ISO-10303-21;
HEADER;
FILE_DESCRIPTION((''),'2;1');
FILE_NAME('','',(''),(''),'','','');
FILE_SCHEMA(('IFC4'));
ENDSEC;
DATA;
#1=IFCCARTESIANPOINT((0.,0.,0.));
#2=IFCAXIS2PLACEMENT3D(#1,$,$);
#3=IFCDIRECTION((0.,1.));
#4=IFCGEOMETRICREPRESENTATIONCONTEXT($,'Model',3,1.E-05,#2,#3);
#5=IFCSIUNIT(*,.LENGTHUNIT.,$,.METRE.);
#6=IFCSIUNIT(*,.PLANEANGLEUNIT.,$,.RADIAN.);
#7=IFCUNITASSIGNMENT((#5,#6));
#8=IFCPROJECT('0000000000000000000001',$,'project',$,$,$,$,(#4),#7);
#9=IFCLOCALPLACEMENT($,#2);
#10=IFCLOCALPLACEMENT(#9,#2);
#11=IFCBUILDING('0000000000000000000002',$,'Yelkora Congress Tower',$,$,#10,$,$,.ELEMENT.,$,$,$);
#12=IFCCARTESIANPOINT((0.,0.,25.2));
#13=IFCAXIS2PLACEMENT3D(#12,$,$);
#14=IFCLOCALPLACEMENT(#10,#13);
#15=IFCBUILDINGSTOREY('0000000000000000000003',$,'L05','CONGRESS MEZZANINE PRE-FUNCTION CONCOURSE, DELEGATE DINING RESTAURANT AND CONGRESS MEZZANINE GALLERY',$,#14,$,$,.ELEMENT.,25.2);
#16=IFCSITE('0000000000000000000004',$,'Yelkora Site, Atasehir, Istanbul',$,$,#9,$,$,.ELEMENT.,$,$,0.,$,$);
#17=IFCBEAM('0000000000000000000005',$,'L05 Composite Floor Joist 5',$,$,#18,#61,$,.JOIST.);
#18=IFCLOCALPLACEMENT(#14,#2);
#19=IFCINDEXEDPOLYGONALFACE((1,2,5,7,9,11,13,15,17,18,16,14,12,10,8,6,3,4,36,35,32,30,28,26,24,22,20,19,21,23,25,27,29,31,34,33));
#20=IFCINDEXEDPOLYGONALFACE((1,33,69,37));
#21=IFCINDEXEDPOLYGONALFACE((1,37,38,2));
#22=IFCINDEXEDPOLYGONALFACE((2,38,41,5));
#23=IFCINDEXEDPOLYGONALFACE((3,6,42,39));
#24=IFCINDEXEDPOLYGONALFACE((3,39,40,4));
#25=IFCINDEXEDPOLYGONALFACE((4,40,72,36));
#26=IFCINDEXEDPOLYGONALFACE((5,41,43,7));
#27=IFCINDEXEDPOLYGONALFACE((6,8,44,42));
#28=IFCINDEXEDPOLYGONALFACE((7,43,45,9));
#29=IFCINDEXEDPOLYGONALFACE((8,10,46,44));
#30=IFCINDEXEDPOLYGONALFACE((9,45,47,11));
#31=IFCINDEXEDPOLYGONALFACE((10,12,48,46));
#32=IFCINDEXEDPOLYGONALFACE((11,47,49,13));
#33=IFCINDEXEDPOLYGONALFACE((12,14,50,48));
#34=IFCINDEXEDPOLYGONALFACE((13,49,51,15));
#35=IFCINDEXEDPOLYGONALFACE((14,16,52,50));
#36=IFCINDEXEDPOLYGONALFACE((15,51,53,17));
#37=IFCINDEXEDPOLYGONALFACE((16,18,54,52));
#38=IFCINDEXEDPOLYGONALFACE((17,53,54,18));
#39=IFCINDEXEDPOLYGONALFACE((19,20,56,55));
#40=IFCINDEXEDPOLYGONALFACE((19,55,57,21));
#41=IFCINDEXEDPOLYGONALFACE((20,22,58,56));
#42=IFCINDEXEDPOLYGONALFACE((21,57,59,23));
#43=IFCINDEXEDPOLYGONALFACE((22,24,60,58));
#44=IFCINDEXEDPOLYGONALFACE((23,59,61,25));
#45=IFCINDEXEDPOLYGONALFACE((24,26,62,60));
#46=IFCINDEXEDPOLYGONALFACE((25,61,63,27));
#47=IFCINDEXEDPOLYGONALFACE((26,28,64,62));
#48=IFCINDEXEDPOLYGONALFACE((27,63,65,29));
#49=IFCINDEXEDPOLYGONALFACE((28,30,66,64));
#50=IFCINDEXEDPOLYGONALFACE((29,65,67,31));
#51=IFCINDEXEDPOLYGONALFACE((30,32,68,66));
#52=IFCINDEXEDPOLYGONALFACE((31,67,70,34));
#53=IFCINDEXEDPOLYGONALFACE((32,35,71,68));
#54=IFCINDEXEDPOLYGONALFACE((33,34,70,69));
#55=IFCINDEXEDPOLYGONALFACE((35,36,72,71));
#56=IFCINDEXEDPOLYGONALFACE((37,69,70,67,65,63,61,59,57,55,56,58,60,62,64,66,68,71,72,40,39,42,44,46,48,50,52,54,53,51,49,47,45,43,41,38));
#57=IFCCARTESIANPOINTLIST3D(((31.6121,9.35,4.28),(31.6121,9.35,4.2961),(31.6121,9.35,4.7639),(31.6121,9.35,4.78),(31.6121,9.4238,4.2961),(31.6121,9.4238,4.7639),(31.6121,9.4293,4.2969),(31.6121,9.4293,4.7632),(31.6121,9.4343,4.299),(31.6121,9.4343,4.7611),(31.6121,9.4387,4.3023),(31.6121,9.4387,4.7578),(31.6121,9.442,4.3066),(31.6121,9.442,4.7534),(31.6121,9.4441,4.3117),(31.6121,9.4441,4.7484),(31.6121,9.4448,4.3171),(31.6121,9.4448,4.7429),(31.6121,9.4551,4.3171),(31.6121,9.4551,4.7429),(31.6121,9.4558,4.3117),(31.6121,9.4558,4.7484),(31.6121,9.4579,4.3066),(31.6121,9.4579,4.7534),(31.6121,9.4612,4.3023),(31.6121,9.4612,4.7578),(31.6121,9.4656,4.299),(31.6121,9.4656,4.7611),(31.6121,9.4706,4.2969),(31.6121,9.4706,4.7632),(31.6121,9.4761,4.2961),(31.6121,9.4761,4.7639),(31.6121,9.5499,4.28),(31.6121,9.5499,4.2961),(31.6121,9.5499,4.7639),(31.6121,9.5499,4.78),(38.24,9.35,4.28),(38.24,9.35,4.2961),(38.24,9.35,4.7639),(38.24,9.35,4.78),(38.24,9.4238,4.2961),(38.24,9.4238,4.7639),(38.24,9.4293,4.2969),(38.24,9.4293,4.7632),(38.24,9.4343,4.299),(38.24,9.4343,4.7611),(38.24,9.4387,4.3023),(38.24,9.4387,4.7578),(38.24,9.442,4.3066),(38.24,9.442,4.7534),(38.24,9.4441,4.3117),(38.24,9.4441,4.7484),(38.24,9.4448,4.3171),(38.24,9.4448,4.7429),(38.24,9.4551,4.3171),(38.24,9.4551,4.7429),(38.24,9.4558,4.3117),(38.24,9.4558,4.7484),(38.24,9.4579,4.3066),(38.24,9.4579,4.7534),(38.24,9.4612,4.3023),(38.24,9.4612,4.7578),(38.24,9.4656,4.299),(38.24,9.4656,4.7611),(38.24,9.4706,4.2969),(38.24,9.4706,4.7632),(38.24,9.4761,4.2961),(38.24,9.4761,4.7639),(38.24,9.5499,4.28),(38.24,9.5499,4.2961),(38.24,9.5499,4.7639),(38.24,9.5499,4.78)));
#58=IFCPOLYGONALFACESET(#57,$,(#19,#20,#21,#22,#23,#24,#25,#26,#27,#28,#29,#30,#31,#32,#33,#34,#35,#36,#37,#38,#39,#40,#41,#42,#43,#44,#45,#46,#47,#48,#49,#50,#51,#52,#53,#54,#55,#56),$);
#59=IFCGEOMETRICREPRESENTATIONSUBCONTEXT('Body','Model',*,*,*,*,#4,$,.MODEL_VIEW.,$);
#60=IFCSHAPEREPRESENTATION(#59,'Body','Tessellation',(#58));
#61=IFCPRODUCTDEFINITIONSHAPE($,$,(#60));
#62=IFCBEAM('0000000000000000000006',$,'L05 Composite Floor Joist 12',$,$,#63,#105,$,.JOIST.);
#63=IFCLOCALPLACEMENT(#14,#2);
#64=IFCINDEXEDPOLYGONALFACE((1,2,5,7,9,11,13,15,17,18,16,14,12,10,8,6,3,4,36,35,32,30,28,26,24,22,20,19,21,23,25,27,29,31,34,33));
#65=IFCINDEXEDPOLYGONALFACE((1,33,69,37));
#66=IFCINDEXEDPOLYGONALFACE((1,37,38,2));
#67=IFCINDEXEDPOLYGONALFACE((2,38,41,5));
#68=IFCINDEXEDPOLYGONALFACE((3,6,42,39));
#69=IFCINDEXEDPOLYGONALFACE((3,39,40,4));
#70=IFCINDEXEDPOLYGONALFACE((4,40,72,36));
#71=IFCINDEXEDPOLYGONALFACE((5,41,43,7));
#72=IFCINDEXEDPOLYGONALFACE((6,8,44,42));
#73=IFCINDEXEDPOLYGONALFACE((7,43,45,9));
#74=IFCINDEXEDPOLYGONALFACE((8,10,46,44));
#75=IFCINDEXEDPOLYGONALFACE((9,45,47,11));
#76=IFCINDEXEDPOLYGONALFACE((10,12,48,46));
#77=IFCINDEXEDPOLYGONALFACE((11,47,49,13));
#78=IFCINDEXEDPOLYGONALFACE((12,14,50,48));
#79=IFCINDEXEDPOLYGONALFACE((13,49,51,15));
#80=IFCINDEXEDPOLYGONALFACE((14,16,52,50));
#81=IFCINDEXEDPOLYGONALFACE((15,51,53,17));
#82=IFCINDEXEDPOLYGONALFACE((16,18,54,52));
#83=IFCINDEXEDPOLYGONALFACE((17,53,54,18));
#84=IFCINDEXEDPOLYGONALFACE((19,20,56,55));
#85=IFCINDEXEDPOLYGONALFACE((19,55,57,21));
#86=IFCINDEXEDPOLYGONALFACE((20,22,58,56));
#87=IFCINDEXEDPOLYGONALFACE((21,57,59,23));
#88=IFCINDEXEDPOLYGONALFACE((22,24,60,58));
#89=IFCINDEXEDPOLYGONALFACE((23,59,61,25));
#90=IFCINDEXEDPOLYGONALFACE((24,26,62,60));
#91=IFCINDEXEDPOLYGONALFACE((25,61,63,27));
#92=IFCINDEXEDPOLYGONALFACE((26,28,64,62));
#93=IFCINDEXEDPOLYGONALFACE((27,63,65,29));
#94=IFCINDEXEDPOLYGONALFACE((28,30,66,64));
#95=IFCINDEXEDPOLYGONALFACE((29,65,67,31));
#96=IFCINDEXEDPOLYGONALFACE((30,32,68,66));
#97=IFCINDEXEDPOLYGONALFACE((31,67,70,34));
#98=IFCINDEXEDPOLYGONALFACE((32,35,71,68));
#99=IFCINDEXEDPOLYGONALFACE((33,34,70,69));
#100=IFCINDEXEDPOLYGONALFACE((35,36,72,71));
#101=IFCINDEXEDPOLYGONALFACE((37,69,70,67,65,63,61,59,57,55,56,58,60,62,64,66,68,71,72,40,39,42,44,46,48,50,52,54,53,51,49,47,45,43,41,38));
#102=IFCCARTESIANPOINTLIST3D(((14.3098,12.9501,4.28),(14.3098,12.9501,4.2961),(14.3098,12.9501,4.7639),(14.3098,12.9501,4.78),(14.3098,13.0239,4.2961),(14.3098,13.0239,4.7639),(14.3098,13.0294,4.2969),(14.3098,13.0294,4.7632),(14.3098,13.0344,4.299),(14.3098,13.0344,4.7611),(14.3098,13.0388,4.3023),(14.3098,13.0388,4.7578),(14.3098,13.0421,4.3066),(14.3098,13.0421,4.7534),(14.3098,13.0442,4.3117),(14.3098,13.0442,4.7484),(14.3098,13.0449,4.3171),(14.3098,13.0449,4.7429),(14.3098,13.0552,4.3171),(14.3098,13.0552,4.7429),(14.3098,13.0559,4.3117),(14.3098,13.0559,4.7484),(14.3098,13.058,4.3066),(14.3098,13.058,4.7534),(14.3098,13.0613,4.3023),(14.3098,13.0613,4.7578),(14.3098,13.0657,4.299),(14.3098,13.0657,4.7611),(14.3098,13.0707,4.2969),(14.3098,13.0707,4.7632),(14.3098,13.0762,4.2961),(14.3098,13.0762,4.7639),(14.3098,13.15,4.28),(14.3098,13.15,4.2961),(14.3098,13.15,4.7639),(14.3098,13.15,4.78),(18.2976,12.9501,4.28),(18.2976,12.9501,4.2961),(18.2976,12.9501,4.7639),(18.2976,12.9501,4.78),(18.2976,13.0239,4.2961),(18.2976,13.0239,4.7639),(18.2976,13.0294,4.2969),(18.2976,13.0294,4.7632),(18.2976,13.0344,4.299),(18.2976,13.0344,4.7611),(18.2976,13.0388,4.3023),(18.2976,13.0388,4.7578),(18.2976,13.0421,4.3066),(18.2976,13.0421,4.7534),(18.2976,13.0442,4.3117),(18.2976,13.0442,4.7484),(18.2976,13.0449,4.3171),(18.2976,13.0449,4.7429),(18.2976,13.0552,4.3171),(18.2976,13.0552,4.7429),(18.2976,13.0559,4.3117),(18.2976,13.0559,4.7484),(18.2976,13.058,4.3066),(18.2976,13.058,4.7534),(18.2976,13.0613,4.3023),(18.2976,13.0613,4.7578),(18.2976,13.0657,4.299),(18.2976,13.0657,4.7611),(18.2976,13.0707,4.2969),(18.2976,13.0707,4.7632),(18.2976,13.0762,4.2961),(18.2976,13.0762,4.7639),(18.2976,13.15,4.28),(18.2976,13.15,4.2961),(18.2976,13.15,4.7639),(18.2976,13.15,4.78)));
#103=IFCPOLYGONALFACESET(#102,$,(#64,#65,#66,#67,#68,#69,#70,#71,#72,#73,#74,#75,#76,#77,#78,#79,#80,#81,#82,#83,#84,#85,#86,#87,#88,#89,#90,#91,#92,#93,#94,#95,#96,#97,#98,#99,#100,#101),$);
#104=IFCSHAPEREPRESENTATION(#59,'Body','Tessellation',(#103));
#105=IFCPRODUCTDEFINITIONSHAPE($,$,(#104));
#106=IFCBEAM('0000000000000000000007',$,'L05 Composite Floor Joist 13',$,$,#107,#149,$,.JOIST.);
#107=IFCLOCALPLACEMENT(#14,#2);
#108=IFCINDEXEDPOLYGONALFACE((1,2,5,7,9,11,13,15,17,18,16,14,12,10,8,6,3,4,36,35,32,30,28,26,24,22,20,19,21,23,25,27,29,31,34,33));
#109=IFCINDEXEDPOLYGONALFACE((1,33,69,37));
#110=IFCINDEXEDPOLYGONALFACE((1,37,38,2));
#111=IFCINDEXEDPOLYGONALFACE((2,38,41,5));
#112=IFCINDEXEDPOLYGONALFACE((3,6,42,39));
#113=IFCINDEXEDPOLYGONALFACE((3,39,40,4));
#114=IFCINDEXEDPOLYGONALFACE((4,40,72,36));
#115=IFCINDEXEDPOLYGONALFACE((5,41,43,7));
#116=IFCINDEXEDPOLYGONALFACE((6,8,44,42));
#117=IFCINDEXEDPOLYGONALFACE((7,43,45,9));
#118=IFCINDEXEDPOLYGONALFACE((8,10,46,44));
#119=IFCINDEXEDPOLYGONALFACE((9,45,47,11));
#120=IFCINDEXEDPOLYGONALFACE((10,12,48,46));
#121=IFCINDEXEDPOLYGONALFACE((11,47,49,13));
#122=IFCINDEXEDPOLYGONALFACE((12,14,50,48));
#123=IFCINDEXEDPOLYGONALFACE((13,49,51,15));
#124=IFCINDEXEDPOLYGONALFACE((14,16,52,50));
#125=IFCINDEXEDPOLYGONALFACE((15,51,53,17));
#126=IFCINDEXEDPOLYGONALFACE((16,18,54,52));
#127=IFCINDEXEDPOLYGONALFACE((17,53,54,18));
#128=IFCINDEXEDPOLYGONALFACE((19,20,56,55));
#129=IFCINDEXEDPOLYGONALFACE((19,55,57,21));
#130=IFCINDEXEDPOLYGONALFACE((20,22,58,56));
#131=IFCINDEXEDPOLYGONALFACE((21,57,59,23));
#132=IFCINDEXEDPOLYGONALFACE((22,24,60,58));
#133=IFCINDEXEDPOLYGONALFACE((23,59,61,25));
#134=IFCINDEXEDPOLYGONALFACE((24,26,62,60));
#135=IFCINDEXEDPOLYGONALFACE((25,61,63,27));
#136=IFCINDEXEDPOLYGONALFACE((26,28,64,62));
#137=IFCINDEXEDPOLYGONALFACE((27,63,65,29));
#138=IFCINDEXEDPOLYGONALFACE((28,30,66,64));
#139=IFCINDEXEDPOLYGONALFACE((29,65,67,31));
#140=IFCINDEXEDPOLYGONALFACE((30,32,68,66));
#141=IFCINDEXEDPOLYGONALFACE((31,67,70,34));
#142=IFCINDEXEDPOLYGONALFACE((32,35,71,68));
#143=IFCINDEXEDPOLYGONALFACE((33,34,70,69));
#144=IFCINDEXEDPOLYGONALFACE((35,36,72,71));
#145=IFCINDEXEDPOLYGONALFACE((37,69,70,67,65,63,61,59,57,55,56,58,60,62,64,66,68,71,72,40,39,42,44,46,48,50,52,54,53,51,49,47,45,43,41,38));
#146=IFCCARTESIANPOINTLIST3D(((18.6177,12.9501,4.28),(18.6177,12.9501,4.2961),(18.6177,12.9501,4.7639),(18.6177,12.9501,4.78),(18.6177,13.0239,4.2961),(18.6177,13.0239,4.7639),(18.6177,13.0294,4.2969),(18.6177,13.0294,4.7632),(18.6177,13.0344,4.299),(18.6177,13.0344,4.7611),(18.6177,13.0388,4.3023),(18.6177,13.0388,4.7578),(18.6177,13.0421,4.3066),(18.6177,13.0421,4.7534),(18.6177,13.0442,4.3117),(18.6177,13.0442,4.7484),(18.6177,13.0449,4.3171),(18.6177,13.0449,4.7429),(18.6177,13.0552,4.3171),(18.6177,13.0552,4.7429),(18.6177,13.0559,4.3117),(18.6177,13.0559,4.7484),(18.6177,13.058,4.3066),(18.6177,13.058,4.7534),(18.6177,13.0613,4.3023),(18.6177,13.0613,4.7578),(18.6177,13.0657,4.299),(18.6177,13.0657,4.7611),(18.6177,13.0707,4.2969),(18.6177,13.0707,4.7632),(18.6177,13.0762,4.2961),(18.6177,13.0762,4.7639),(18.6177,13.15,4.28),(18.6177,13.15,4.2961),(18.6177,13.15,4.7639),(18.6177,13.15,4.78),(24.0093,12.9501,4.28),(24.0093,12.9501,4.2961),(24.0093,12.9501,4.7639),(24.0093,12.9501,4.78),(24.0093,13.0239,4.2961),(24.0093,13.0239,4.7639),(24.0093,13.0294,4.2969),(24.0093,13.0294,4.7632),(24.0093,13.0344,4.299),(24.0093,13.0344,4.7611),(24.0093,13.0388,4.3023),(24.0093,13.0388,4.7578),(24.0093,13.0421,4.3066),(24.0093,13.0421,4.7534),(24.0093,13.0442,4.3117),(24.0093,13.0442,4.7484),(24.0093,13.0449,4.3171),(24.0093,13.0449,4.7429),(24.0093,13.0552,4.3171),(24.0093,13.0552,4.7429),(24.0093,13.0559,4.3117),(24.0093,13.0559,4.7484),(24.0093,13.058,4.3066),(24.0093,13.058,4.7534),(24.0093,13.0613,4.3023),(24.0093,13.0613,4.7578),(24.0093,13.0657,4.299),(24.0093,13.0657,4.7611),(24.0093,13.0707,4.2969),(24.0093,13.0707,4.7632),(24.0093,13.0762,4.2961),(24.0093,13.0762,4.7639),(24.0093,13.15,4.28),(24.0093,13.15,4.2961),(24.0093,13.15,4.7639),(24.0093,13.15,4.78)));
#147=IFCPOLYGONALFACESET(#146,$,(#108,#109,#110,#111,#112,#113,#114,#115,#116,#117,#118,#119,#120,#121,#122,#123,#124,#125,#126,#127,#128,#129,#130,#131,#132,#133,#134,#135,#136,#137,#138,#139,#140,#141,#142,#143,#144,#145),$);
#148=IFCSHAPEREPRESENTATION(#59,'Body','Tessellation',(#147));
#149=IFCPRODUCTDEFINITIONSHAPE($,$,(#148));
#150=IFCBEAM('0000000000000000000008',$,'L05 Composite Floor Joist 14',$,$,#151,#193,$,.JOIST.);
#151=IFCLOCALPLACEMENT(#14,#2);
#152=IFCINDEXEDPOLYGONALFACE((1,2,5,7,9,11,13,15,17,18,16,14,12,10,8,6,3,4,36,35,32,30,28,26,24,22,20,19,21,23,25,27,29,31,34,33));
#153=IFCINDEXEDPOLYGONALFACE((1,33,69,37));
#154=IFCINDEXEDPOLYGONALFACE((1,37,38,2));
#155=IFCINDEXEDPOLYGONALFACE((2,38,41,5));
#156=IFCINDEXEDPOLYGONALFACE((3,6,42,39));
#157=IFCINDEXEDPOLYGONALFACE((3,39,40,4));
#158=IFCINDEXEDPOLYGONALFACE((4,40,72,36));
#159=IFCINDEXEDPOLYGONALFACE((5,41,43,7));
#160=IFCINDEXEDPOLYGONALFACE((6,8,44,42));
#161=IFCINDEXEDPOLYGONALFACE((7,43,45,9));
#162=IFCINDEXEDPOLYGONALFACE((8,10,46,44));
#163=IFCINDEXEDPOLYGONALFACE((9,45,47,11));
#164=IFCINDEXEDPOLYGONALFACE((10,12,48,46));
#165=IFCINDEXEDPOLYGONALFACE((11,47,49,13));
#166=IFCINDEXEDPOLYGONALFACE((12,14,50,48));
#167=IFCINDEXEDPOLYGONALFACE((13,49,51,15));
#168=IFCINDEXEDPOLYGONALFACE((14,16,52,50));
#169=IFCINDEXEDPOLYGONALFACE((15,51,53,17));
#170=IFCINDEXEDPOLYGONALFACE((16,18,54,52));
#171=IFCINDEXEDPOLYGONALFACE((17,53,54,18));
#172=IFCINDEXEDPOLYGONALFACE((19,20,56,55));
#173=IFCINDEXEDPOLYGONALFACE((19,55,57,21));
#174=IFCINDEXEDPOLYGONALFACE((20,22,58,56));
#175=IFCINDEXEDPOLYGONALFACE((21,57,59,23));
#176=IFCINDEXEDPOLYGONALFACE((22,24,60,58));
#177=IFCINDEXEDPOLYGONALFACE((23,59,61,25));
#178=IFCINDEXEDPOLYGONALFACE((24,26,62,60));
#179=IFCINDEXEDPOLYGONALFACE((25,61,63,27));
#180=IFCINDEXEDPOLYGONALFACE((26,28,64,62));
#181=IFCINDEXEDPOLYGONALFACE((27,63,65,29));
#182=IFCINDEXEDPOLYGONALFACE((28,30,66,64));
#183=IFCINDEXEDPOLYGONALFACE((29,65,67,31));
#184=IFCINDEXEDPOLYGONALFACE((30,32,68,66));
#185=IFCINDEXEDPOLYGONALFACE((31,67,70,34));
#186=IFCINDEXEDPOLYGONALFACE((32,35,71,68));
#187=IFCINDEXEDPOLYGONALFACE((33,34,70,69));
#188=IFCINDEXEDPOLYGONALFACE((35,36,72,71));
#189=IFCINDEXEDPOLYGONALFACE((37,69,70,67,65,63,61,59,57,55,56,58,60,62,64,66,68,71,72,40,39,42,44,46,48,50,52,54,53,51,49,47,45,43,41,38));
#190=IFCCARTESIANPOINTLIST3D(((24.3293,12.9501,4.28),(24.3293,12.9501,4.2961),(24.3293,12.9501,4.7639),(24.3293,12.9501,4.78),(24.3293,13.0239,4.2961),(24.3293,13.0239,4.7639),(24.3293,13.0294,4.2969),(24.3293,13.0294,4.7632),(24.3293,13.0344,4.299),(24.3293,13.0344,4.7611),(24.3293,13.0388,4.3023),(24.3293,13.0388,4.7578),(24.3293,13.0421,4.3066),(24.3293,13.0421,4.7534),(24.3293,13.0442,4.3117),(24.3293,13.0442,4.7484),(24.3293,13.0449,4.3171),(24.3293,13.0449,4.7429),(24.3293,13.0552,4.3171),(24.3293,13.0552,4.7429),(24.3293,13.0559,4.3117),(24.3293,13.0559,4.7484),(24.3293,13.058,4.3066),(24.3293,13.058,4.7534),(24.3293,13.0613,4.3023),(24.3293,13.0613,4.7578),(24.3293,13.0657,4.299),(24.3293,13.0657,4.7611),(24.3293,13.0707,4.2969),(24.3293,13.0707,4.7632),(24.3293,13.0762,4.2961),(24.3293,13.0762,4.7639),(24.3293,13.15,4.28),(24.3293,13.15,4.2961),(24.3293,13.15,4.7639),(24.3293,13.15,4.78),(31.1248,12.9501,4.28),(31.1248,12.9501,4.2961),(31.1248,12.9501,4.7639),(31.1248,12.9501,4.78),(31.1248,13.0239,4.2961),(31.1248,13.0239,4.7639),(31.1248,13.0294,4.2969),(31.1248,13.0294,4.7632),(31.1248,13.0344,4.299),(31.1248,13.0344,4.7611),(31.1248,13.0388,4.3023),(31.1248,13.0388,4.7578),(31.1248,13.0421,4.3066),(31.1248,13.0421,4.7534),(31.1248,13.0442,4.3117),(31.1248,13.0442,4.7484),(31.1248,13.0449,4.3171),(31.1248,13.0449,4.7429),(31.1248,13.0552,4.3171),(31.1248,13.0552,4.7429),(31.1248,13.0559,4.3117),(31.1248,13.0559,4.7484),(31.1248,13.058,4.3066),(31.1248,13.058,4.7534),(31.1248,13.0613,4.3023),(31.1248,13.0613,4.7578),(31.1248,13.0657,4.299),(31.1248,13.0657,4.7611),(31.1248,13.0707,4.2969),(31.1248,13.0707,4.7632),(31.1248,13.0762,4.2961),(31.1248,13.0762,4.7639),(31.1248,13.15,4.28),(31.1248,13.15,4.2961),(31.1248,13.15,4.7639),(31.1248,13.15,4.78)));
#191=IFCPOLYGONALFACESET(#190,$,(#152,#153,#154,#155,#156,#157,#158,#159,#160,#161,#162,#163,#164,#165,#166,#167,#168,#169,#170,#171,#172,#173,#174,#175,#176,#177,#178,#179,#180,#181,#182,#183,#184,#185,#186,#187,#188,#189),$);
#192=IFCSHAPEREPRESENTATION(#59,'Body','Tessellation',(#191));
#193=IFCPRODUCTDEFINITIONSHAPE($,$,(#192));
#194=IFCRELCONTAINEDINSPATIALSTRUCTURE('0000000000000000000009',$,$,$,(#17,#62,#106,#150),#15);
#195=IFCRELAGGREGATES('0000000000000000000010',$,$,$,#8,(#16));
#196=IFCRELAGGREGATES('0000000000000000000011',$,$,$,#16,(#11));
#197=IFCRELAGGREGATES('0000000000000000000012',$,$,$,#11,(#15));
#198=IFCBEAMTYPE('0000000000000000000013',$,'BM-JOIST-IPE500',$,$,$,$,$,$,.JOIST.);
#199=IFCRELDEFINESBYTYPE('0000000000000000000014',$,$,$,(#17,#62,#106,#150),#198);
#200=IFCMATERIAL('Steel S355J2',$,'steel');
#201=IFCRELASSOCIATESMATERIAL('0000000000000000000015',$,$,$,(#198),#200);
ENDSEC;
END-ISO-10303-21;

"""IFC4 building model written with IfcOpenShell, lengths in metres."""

from ifc_helpers import new_model, si_unit, direction, frame, origin, origin_2d, place, context, subcontext, project, spatial, i_section, extrude, material, material_profile, profile_set, type_object, element, save


model = new_model("IFC4")

# Units and contexts
model_context = context("Model", 3, precision=1e-05, world=origin(), true_north=direction((0.0, 1.0)))
body_context = subcontext(model_context, "Body", "Model", "MODEL_VIEW")
ifc_project = project(units=[si_unit("LENGTHUNIT", "METRE"), si_unit("PLANEANGLEUNIT", "RADIAN")], contexts=[model_context])

# Site, building, storey
site_placement = place(None, origin())
site = spatial("IfcSite", under=ifc_project, at=site_placement, Name="Yelkora Site, Atasehir, Istanbul", CompositionType="ELEMENT", RefElevation=0.0)
building_placement = place(site_placement, origin())
building = spatial("IfcBuilding", under=site, at=building_placement, Name="Yelkora Congress Tower", CompositionType="ELEMENT")
storey_placement = place(building_placement, frame((0.0, 0.0, 25.2)))
storey = spatial("IfcBuildingStorey", under=building, at=storey_placement, Name="L05", Description="CONGRESS MEZZANINE PRE-FUNCTION CONCOURSE, DELEGATE DINING RESTAURANT AND CONGRESS MEZZANINE GALLERY", CompositionType="ELEMENT", Elevation=25.2)

# Beams
ifc_material_1 = material(Name="Steel S355J2", Category="steel")
ifc_material_profile_1 = material_profile(ifc_material_1, i_section(OverallWidth=0.2, OverallDepth=0.5, WebThickness=0.0103, FlangeThickness=0.0161, FilletRadius=0.021, at=origin_2d()), Name="IPE 500")
ifc_profile_set_1 = profile_set([ifc_material_profile_1], Name="Steel S355J2")
beam_type_1 = type_object("IfcBeamType", Name="BM-JOIST-IPE500", PredefinedType="JOIST", material=ifc_profile_set_1)
for number, where, z_axis, x_axis, name in (
    (1, (31.6121, 9.45, 4.53), (1.0, 0.0, 0.0), (0.0, 1.0, 0.0), "L05 Composite Floor Joist 5"),
):
    element("IfcBeam", number, at=place(storey_placement, frame(where, z_axis=z_axis, x_axis=x_axis)), inside=storey, type_object=beam_type_1, Name=name, PredefinedType="JOIST", context=body_context, shape_type="SweptSolid", body=[
        extrude(i_section(OverallWidth=0.2, OverallDepth=0.5, WebThickness=0.0103, FlangeThickness=0.0161, FilletRadius=0.021, at=origin_2d()), origin(), (0.0, 0.0, 1.0), 6.6279),
    ])
beam_1_placement = place(storey_placement, frame((14.3098, 13.05, 4.53), z_axis=(1.0, 0.0, 0.0), x_axis=(0.0, 1.0, 0.0)))
element("IfcBeam", 2, at=beam_1_placement, inside=storey, type_object=beam_type_1, Name="L05 Composite Floor Joist 12", PredefinedType="JOIST", context=body_context, shape_type="SweptSolid", body=[
    extrude(i_section(OverallWidth=0.2, OverallDepth=0.5, WebThickness=0.0103, FlangeThickness=0.0161, FilletRadius=0.021, at=origin_2d()), origin(), (0.0, 0.0, 1.0), 3.9878),
])
beam_2_placement = place(storey_placement, frame((18.6177, 13.05, 4.53), z_axis=(1.0, 0.0, 0.0), x_axis=(0.0, 1.0, 0.0)))
element("IfcBeam", 3, at=beam_2_placement, inside=storey, type_object=beam_type_1, Name="L05 Composite Floor Joist 13", PredefinedType="JOIST", context=body_context, shape_type="SweptSolid", body=[
    extrude(i_section(OverallWidth=0.2, OverallDepth=0.5, WebThickness=0.0103, FlangeThickness=0.0161, FilletRadius=0.021, at=origin_2d()), origin(), (0.0, 0.0, 1.0), 5.3916),
])
for number, where, z_axis, x_axis, name in (
    (4, (24.3293, 13.05, 4.53), (1.0, 0.0, 0.0), (0.0, 1.0, 0.0), "L05 Composite Floor Joist 14"),
):
    element("IfcBeam", number, at=place(storey_placement, frame(where, z_axis=z_axis, x_axis=x_axis)), inside=storey, type_object=beam_type_1, Name=name, PredefinedType="JOIST", context=body_context, shape_type="SweptSolid", body=[
        extrude(i_section(OverallWidth=0.2, OverallDepth=0.5, WebThickness=0.0103, FlangeThickness=0.0161, FilletRadius=0.021, at=origin_2d()), origin(), (0.0, 0.0, 1.0), 6.7954),
    ])

save(model, "model.ifc")
